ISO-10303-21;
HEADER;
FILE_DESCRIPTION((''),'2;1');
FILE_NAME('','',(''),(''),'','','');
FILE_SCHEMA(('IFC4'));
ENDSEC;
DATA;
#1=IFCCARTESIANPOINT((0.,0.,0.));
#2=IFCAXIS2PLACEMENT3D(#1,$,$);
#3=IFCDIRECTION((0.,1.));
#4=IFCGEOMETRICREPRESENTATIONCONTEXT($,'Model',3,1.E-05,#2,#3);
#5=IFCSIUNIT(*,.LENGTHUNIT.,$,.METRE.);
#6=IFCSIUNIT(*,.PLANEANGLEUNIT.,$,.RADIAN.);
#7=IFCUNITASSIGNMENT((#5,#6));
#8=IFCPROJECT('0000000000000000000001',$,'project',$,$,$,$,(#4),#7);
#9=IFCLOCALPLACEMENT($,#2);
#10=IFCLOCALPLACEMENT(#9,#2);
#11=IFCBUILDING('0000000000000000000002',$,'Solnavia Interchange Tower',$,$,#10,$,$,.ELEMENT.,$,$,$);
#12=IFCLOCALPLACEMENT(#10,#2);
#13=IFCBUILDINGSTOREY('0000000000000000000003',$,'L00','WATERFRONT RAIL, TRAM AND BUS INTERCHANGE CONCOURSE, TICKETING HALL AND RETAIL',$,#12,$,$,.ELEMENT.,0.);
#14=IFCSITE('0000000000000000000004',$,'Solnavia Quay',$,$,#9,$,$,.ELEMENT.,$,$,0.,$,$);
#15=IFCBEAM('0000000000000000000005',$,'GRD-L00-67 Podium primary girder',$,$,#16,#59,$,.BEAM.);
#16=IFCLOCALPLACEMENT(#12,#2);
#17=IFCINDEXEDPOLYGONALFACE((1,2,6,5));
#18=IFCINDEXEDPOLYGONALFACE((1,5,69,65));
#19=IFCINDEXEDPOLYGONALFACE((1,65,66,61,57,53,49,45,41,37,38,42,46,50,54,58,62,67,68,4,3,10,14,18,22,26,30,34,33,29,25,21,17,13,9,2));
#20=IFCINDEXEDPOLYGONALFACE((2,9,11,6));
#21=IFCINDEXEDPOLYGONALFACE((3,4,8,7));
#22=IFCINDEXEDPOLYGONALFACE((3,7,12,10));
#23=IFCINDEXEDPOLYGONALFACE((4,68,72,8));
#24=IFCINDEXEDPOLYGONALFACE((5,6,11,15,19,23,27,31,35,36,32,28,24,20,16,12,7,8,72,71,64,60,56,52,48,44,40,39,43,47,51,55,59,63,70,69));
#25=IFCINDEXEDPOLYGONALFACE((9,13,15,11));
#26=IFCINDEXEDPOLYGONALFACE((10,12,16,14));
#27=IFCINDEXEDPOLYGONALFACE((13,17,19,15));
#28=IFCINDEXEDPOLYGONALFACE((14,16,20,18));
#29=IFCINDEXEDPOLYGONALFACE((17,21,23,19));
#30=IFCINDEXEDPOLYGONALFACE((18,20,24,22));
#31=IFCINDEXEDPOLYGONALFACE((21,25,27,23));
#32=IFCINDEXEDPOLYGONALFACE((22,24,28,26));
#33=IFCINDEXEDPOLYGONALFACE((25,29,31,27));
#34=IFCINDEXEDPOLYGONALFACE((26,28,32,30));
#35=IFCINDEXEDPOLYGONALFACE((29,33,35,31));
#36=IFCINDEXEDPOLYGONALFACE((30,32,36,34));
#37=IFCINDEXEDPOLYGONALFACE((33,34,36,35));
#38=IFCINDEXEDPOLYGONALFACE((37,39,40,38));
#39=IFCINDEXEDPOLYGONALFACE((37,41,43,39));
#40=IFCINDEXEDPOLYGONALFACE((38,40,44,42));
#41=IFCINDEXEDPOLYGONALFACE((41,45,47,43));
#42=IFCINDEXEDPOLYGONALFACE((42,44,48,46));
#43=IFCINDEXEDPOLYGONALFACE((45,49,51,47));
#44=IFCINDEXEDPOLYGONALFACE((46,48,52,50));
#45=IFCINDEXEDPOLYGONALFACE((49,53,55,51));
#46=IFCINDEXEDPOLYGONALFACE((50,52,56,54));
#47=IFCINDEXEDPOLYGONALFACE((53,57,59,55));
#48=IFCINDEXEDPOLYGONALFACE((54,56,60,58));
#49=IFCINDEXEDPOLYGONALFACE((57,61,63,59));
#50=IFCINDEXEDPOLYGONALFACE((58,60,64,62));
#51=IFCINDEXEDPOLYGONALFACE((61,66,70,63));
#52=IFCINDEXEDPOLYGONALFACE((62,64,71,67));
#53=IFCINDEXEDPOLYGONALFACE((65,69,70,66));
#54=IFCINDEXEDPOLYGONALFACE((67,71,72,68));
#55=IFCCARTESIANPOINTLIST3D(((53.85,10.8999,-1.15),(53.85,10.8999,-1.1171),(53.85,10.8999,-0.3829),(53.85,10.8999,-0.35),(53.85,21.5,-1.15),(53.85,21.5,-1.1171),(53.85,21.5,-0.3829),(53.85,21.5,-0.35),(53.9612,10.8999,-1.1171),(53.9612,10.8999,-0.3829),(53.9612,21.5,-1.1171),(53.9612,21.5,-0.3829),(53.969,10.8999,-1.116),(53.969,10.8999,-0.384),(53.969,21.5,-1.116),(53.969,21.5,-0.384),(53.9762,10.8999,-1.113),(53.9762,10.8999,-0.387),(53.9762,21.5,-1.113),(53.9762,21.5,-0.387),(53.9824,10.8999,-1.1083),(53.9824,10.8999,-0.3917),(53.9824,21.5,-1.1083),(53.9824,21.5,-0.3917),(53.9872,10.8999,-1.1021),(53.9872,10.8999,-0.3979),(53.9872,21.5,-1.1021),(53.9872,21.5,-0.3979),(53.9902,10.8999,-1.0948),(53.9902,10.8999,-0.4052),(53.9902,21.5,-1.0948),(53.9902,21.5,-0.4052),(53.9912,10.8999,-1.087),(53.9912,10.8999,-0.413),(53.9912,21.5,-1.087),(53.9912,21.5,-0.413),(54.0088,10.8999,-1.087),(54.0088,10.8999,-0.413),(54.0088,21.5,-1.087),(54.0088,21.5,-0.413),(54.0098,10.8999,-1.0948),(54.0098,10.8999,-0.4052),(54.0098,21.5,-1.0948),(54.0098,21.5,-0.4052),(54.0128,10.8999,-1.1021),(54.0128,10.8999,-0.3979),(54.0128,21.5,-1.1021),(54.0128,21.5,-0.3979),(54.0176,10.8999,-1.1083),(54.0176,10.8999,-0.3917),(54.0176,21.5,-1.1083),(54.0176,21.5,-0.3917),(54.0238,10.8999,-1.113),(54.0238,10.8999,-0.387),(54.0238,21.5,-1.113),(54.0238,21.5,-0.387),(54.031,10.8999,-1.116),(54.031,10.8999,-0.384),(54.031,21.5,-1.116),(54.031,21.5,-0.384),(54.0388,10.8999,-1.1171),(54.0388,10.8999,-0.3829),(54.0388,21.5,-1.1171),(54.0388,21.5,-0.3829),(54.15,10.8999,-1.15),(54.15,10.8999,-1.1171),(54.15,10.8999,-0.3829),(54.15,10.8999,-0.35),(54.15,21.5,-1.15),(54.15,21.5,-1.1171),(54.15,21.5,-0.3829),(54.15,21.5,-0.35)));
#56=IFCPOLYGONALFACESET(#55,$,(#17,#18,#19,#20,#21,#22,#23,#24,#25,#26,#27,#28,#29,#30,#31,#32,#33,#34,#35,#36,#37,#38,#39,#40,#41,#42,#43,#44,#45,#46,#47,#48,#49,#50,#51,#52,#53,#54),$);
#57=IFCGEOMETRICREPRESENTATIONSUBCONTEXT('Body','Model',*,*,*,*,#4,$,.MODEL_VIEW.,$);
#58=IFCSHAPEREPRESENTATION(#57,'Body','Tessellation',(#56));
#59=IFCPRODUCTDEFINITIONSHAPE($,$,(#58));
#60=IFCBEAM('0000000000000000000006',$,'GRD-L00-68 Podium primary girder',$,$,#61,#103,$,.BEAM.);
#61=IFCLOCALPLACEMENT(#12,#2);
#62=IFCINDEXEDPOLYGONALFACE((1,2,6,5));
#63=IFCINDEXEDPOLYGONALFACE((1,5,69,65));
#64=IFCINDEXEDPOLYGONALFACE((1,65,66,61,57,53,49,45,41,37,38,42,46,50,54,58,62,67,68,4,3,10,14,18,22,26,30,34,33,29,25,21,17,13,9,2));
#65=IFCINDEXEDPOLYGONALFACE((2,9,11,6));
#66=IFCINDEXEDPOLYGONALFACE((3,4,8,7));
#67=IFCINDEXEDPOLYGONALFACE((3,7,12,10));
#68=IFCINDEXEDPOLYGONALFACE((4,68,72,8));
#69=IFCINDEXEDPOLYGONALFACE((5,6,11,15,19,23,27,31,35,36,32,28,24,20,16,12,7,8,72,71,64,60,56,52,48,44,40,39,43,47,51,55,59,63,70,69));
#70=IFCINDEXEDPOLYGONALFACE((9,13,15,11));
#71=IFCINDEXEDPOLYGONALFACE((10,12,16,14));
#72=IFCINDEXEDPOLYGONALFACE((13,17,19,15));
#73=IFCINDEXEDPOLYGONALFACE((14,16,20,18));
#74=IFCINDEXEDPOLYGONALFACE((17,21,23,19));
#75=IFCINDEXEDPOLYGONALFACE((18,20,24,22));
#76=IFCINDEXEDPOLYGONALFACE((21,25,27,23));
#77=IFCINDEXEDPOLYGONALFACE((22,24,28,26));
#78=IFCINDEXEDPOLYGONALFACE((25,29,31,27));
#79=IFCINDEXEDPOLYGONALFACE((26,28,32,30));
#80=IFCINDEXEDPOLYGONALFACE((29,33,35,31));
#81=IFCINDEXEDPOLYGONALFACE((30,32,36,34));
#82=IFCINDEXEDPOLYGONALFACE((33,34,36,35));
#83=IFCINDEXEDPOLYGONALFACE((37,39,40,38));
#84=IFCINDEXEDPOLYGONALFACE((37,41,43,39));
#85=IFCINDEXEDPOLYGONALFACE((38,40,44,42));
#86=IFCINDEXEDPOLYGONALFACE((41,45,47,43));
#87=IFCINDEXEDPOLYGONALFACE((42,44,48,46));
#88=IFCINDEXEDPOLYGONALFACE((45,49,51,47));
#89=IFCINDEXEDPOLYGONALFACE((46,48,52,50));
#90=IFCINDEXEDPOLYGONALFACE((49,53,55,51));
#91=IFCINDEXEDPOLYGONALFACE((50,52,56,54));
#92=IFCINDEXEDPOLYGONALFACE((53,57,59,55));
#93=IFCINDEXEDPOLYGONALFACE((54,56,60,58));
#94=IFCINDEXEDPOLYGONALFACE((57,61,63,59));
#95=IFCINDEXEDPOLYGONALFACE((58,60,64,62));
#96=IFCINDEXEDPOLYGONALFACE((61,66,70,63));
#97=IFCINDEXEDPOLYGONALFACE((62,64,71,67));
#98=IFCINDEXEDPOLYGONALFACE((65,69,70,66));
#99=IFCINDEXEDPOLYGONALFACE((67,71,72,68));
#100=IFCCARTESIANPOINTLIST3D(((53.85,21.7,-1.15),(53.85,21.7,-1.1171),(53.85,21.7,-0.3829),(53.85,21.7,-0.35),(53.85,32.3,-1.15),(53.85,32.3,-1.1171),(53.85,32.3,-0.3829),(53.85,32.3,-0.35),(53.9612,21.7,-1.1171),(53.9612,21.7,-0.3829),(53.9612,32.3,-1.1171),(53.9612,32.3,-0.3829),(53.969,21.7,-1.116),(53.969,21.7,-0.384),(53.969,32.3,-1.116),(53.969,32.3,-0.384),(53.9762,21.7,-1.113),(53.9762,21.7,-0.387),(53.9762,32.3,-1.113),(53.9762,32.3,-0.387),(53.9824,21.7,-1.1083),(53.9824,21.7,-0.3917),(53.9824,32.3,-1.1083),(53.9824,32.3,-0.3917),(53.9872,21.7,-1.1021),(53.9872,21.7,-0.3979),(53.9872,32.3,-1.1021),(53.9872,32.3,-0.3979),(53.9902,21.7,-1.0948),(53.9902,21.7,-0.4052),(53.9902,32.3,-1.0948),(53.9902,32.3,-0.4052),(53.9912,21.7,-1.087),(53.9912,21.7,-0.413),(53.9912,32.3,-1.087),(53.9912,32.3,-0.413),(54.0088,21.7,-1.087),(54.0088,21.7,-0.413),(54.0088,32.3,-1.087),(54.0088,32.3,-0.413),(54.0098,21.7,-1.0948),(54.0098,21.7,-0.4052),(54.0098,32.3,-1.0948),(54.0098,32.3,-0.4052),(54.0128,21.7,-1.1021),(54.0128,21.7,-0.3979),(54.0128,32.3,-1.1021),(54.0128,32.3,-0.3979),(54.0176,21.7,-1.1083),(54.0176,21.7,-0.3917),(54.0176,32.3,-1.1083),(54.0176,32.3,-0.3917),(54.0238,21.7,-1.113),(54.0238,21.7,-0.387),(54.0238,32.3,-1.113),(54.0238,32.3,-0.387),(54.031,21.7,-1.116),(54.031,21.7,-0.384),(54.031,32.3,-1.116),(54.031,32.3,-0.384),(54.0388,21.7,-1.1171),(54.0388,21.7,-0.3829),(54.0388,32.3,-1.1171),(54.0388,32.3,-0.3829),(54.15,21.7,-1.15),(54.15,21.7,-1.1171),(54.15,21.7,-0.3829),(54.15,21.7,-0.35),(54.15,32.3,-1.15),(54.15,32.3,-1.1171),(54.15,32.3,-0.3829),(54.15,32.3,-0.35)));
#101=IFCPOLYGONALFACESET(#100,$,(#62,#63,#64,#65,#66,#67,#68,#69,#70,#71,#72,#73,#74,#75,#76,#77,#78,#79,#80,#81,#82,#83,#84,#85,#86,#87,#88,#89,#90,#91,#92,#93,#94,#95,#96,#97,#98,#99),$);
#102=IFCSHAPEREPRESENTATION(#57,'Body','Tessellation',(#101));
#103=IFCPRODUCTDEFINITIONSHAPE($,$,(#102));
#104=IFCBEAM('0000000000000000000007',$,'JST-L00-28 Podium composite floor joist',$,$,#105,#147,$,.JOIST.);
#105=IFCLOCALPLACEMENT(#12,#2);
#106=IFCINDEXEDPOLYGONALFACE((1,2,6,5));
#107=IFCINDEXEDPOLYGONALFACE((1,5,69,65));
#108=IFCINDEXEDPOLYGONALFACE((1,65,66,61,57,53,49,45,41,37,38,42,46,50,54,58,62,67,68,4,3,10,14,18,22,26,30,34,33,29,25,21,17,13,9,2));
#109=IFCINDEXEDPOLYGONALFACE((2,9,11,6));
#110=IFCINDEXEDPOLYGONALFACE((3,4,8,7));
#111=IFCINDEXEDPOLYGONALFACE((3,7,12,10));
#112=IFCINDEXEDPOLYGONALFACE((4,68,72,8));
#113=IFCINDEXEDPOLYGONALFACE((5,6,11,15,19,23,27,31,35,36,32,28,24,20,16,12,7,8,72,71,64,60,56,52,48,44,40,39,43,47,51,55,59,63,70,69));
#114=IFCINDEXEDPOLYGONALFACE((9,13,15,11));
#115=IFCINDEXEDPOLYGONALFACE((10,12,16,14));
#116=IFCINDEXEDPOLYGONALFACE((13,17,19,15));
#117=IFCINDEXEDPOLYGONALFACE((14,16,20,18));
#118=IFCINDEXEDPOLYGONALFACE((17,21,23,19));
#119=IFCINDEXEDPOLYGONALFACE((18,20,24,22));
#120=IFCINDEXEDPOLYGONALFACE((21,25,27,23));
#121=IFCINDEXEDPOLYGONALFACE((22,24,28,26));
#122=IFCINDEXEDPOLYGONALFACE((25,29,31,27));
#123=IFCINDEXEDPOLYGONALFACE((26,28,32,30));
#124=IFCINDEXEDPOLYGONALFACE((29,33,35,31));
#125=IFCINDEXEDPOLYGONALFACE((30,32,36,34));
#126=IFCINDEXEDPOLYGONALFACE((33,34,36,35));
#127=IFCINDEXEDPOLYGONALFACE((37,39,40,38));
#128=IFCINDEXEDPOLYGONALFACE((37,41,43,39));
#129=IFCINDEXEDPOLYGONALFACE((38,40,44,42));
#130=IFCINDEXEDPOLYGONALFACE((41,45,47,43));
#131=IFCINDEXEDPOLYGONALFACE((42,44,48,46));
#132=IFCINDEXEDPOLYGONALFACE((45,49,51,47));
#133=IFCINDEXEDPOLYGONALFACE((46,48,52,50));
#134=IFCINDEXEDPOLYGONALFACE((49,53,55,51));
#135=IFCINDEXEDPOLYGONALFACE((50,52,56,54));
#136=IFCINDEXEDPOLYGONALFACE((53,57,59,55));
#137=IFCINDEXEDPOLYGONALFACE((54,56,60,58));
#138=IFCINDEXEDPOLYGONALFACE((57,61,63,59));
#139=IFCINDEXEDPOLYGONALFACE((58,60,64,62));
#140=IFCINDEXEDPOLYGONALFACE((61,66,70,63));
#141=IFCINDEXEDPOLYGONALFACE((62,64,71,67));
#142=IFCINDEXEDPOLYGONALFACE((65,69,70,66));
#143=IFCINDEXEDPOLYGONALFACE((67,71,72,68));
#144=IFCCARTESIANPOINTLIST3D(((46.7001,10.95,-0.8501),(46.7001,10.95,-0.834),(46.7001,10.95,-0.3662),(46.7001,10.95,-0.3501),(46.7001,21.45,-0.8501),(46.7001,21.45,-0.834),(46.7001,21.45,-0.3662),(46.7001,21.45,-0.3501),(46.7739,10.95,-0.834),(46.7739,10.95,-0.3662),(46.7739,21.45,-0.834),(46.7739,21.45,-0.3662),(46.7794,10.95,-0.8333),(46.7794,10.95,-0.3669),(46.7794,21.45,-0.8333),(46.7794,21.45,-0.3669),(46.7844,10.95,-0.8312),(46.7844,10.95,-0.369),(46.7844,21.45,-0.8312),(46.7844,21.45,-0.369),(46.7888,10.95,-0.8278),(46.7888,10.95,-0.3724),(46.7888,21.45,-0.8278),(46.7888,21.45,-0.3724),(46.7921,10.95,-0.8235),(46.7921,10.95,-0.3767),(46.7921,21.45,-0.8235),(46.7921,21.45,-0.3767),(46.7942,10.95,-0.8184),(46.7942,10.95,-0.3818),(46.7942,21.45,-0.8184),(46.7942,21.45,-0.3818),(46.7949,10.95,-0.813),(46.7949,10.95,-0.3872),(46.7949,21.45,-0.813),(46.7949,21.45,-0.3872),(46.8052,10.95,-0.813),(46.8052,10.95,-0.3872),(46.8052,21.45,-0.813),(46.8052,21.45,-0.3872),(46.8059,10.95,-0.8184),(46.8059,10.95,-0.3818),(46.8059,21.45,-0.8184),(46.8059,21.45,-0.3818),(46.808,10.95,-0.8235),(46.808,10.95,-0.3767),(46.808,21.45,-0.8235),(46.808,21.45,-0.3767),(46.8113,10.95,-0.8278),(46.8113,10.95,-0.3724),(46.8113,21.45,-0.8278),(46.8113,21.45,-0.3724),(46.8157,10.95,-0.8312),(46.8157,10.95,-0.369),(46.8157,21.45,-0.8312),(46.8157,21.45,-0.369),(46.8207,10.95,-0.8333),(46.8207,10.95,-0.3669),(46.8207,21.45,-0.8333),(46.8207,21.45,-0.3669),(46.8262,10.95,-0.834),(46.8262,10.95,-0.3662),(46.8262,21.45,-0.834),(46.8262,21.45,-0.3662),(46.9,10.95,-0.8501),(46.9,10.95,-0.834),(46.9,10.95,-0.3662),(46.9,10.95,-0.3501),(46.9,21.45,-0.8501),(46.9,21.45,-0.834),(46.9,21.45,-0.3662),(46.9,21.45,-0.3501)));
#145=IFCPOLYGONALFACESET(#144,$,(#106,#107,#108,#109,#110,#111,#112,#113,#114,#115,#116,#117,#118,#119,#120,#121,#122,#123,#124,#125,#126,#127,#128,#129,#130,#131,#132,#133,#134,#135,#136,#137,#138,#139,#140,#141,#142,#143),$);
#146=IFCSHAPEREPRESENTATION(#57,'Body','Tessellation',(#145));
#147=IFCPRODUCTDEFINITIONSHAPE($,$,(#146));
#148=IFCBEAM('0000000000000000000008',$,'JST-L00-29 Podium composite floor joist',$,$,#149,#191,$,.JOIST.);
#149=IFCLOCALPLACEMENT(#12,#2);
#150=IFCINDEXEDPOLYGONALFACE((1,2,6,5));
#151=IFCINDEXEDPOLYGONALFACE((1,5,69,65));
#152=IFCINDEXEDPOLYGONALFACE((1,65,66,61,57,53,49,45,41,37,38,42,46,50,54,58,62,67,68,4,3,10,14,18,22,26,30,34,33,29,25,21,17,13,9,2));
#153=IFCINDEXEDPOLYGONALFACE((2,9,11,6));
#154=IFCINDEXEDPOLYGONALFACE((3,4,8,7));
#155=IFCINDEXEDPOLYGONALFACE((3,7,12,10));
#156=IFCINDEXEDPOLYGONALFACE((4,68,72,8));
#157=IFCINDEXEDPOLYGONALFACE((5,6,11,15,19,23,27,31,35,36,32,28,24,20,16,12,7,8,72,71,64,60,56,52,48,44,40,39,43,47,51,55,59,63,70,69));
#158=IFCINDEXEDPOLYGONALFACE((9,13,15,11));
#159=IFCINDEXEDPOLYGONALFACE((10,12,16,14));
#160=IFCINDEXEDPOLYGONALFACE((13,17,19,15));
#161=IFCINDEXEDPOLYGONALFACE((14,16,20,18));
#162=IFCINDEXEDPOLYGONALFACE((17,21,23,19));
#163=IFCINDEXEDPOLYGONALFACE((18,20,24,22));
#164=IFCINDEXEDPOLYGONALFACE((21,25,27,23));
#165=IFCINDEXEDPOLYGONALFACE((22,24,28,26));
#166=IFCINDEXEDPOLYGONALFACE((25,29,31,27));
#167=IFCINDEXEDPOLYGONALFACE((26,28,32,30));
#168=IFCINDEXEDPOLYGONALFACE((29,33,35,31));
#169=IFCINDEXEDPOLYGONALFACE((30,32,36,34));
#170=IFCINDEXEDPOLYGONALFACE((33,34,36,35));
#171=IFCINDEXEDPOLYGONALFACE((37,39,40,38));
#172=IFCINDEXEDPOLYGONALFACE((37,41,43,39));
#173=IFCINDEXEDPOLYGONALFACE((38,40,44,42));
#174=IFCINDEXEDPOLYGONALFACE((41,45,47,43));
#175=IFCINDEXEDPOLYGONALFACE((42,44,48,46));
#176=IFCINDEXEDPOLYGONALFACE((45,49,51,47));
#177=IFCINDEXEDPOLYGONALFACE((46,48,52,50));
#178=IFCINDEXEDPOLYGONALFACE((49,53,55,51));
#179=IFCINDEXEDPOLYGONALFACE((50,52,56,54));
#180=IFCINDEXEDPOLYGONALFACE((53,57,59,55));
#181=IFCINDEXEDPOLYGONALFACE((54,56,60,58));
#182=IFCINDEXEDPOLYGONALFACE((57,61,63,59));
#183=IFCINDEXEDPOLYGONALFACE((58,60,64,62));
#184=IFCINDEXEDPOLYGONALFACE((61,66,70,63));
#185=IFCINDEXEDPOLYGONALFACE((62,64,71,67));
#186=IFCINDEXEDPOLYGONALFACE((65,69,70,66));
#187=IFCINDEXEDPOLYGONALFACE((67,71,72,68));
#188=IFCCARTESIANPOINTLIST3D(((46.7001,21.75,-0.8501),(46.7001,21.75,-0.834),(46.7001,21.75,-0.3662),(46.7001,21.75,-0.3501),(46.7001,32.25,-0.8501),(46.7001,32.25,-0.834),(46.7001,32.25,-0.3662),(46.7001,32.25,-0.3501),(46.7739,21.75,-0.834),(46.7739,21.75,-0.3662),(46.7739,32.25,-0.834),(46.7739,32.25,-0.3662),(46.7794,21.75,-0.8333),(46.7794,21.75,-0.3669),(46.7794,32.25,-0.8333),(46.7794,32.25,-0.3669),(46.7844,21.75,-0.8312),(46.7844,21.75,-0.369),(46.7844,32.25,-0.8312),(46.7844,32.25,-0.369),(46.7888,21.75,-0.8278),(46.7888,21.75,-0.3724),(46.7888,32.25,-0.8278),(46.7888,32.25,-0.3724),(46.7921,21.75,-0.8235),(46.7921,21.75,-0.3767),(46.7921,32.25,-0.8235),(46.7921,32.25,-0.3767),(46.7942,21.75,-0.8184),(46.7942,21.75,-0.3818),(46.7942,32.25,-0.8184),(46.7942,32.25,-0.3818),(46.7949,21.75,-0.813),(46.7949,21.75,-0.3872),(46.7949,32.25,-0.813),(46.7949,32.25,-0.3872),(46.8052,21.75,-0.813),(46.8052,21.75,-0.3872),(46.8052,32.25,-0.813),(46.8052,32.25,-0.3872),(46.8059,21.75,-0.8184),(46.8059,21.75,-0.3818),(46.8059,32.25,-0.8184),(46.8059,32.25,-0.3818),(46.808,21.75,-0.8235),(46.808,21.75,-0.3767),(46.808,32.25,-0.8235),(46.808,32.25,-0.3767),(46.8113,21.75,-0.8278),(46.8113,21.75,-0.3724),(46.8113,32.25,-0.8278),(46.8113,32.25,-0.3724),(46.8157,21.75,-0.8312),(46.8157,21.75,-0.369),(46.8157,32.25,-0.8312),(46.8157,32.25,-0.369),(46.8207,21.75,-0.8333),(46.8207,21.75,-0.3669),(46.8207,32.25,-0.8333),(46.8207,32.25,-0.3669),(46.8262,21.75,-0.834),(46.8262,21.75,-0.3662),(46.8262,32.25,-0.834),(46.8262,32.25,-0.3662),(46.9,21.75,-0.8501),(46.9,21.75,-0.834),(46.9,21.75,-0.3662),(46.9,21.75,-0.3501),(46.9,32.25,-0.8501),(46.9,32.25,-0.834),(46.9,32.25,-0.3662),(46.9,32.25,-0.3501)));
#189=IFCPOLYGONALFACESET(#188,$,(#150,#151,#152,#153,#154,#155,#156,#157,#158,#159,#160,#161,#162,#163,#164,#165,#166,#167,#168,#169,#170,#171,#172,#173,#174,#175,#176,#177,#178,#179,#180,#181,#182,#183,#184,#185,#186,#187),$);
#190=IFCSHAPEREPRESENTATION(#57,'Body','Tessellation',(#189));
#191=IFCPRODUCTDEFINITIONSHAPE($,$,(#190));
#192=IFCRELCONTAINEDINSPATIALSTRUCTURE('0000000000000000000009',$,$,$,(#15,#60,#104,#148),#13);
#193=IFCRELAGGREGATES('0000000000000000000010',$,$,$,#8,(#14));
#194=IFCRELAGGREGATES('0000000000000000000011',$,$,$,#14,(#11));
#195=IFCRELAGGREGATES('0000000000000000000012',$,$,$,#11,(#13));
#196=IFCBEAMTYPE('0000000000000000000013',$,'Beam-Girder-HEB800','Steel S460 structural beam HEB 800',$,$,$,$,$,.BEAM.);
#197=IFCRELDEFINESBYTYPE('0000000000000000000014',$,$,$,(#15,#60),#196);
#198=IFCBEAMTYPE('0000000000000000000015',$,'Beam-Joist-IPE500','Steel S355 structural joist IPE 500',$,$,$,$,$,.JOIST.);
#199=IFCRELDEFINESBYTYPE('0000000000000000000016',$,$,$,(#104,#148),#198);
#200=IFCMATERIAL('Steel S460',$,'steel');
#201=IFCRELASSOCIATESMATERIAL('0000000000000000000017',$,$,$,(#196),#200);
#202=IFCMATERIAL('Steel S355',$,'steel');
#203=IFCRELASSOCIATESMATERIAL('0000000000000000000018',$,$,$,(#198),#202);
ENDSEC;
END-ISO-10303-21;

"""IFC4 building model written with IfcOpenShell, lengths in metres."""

from ifc_helpers import new_model, si_unit, direction, frame, origin, origin_2d, place, context, subcontext, project, spatial, i_section, extrude, material, material_profile, profile_set, type_object, element, save


model = new_model("IFC4")

# Units and contexts
model_context = context("Model", 3, precision=1e-05, world=origin(), true_north=direction((0.0, 1.0)))
body_context = subcontext(model_context, "Body", "Model", "MODEL_VIEW")
ifc_project = project(units=[si_unit("LENGTHUNIT", "METRE"), si_unit("PLANEANGLEUNIT", "RADIAN")], contexts=[model_context])

# Site, building, storey
site_placement = place(None, origin())
site = spatial("IfcSite", under=ifc_project, at=site_placement, Name="Solnavia Quay", CompositionType="ELEMENT", RefElevation=0.0)
building_placement = place(site_placement, origin())
building = spatial("IfcBuilding", under=site, at=building_placement, Name="Solnavia Interchange Tower", CompositionType="ELEMENT")
storey_placement = place(building_placement, origin())
storey = spatial("IfcBuildingStorey", under=building, at=storey_placement, Name="L00", Description="WATERFRONT RAIL, TRAM AND BUS INTERCHANGE CONCOURSE, TICKETING HALL AND RETAIL", CompositionType="ELEMENT", Elevation=0.0)

# Beams
ifc_material_1 = material(Name="Steel S460", Category="steel")
ifc_material_profile_1 = material_profile(ifc_material_1, i_section(OverallWidth=0.3, OverallDepth=0.8, WebThickness=0.0176, FlangeThickness=0.033, FilletRadius=0.03, at=origin_2d()), Name="HEB 800")
ifc_profile_set_1 = profile_set([ifc_material_profile_1], Name="Steel S460")
beam_type_1 = type_object("IfcBeamType", Name="Beam-Girder-HEB800", Description="Steel S460 structural beam HEB 800", PredefinedType="BEAM", material=ifc_profile_set_1)
for number, where, z_axis, x_axis, name in (
    (1, (54.0, 10.8999, -0.75), (0.0, 1.0, 0.0), (-1.0, 0.0, 0.0), "GRD-L00-67 Podium primary girder"),
    (2, (54.0, 21.7, -0.75), (0.0, 1.0, 0.0), (-1.0, 0.0, 0.0), "GRD-L00-68 Podium primary girder"),
):
    element("IfcBeam", number, at=place(storey_placement, frame(where, z_axis=z_axis, x_axis=x_axis)), inside=storey, type_object=beam_type_1, Name=name, PredefinedType="BEAM", context=body_context, shape_type="SweptSolid", body=[
        extrude(i_section(OverallWidth=0.3, OverallDepth=0.8, WebThickness=0.0176, FlangeThickness=0.033, FilletRadius=0.03, at=origin_2d()), origin(), (0.0, 0.0, 1.0), 10.6001),
    ])
ifc_material_2 = material(Name="Steel S355", Category="steel")
ifc_material_profile_2 = material_profile(ifc_material_2, i_section(OverallWidth=0.2, OverallDepth=0.5, WebThickness=0.0103, FlangeThickness=0.0161, FilletRadius=0.021, at=origin_2d()), Name="IPE 500")
ifc_profile_set_2 = profile_set([ifc_material_profile_2], Name="Steel S355")
beam_type_2 = type_object("IfcBeamType", Name="Beam-Joist-IPE500", Description="Steel S355 structural joist IPE 500", PredefinedType="JOIST", material=ifc_profile_set_2)
for number, where, z_axis, x_axis, name in (
    (3, (46.8, 10.95, -0.6001), (0.0, 1.0, 0.0), (-1.0, 0.0, 0.0), "JST-L00-28 Podium composite floor joist"),
    (4, (46.8, 21.75, -0.6001), (0.0, 1.0, 0.0), (-1.0, 0.0, 0.0), "JST-L00-29 Podium composite floor joist"),
):
    element("IfcBeam", number, at=place(storey_placement, frame(where, z_axis=z_axis, x_axis=x_axis)), inside=storey, type_object=beam_type_2, Name=name, PredefinedType="JOIST", context=body_context, shape_type="SweptSolid", body=[
        extrude(i_section(OverallWidth=0.2, OverallDepth=0.5, WebThickness=0.0103, FlangeThickness=0.0161, FilletRadius=0.021, at=origin_2d()), origin(), (0.0, 0.0, 1.0), 10.5),
    ])

save(model, "model.ifc")
